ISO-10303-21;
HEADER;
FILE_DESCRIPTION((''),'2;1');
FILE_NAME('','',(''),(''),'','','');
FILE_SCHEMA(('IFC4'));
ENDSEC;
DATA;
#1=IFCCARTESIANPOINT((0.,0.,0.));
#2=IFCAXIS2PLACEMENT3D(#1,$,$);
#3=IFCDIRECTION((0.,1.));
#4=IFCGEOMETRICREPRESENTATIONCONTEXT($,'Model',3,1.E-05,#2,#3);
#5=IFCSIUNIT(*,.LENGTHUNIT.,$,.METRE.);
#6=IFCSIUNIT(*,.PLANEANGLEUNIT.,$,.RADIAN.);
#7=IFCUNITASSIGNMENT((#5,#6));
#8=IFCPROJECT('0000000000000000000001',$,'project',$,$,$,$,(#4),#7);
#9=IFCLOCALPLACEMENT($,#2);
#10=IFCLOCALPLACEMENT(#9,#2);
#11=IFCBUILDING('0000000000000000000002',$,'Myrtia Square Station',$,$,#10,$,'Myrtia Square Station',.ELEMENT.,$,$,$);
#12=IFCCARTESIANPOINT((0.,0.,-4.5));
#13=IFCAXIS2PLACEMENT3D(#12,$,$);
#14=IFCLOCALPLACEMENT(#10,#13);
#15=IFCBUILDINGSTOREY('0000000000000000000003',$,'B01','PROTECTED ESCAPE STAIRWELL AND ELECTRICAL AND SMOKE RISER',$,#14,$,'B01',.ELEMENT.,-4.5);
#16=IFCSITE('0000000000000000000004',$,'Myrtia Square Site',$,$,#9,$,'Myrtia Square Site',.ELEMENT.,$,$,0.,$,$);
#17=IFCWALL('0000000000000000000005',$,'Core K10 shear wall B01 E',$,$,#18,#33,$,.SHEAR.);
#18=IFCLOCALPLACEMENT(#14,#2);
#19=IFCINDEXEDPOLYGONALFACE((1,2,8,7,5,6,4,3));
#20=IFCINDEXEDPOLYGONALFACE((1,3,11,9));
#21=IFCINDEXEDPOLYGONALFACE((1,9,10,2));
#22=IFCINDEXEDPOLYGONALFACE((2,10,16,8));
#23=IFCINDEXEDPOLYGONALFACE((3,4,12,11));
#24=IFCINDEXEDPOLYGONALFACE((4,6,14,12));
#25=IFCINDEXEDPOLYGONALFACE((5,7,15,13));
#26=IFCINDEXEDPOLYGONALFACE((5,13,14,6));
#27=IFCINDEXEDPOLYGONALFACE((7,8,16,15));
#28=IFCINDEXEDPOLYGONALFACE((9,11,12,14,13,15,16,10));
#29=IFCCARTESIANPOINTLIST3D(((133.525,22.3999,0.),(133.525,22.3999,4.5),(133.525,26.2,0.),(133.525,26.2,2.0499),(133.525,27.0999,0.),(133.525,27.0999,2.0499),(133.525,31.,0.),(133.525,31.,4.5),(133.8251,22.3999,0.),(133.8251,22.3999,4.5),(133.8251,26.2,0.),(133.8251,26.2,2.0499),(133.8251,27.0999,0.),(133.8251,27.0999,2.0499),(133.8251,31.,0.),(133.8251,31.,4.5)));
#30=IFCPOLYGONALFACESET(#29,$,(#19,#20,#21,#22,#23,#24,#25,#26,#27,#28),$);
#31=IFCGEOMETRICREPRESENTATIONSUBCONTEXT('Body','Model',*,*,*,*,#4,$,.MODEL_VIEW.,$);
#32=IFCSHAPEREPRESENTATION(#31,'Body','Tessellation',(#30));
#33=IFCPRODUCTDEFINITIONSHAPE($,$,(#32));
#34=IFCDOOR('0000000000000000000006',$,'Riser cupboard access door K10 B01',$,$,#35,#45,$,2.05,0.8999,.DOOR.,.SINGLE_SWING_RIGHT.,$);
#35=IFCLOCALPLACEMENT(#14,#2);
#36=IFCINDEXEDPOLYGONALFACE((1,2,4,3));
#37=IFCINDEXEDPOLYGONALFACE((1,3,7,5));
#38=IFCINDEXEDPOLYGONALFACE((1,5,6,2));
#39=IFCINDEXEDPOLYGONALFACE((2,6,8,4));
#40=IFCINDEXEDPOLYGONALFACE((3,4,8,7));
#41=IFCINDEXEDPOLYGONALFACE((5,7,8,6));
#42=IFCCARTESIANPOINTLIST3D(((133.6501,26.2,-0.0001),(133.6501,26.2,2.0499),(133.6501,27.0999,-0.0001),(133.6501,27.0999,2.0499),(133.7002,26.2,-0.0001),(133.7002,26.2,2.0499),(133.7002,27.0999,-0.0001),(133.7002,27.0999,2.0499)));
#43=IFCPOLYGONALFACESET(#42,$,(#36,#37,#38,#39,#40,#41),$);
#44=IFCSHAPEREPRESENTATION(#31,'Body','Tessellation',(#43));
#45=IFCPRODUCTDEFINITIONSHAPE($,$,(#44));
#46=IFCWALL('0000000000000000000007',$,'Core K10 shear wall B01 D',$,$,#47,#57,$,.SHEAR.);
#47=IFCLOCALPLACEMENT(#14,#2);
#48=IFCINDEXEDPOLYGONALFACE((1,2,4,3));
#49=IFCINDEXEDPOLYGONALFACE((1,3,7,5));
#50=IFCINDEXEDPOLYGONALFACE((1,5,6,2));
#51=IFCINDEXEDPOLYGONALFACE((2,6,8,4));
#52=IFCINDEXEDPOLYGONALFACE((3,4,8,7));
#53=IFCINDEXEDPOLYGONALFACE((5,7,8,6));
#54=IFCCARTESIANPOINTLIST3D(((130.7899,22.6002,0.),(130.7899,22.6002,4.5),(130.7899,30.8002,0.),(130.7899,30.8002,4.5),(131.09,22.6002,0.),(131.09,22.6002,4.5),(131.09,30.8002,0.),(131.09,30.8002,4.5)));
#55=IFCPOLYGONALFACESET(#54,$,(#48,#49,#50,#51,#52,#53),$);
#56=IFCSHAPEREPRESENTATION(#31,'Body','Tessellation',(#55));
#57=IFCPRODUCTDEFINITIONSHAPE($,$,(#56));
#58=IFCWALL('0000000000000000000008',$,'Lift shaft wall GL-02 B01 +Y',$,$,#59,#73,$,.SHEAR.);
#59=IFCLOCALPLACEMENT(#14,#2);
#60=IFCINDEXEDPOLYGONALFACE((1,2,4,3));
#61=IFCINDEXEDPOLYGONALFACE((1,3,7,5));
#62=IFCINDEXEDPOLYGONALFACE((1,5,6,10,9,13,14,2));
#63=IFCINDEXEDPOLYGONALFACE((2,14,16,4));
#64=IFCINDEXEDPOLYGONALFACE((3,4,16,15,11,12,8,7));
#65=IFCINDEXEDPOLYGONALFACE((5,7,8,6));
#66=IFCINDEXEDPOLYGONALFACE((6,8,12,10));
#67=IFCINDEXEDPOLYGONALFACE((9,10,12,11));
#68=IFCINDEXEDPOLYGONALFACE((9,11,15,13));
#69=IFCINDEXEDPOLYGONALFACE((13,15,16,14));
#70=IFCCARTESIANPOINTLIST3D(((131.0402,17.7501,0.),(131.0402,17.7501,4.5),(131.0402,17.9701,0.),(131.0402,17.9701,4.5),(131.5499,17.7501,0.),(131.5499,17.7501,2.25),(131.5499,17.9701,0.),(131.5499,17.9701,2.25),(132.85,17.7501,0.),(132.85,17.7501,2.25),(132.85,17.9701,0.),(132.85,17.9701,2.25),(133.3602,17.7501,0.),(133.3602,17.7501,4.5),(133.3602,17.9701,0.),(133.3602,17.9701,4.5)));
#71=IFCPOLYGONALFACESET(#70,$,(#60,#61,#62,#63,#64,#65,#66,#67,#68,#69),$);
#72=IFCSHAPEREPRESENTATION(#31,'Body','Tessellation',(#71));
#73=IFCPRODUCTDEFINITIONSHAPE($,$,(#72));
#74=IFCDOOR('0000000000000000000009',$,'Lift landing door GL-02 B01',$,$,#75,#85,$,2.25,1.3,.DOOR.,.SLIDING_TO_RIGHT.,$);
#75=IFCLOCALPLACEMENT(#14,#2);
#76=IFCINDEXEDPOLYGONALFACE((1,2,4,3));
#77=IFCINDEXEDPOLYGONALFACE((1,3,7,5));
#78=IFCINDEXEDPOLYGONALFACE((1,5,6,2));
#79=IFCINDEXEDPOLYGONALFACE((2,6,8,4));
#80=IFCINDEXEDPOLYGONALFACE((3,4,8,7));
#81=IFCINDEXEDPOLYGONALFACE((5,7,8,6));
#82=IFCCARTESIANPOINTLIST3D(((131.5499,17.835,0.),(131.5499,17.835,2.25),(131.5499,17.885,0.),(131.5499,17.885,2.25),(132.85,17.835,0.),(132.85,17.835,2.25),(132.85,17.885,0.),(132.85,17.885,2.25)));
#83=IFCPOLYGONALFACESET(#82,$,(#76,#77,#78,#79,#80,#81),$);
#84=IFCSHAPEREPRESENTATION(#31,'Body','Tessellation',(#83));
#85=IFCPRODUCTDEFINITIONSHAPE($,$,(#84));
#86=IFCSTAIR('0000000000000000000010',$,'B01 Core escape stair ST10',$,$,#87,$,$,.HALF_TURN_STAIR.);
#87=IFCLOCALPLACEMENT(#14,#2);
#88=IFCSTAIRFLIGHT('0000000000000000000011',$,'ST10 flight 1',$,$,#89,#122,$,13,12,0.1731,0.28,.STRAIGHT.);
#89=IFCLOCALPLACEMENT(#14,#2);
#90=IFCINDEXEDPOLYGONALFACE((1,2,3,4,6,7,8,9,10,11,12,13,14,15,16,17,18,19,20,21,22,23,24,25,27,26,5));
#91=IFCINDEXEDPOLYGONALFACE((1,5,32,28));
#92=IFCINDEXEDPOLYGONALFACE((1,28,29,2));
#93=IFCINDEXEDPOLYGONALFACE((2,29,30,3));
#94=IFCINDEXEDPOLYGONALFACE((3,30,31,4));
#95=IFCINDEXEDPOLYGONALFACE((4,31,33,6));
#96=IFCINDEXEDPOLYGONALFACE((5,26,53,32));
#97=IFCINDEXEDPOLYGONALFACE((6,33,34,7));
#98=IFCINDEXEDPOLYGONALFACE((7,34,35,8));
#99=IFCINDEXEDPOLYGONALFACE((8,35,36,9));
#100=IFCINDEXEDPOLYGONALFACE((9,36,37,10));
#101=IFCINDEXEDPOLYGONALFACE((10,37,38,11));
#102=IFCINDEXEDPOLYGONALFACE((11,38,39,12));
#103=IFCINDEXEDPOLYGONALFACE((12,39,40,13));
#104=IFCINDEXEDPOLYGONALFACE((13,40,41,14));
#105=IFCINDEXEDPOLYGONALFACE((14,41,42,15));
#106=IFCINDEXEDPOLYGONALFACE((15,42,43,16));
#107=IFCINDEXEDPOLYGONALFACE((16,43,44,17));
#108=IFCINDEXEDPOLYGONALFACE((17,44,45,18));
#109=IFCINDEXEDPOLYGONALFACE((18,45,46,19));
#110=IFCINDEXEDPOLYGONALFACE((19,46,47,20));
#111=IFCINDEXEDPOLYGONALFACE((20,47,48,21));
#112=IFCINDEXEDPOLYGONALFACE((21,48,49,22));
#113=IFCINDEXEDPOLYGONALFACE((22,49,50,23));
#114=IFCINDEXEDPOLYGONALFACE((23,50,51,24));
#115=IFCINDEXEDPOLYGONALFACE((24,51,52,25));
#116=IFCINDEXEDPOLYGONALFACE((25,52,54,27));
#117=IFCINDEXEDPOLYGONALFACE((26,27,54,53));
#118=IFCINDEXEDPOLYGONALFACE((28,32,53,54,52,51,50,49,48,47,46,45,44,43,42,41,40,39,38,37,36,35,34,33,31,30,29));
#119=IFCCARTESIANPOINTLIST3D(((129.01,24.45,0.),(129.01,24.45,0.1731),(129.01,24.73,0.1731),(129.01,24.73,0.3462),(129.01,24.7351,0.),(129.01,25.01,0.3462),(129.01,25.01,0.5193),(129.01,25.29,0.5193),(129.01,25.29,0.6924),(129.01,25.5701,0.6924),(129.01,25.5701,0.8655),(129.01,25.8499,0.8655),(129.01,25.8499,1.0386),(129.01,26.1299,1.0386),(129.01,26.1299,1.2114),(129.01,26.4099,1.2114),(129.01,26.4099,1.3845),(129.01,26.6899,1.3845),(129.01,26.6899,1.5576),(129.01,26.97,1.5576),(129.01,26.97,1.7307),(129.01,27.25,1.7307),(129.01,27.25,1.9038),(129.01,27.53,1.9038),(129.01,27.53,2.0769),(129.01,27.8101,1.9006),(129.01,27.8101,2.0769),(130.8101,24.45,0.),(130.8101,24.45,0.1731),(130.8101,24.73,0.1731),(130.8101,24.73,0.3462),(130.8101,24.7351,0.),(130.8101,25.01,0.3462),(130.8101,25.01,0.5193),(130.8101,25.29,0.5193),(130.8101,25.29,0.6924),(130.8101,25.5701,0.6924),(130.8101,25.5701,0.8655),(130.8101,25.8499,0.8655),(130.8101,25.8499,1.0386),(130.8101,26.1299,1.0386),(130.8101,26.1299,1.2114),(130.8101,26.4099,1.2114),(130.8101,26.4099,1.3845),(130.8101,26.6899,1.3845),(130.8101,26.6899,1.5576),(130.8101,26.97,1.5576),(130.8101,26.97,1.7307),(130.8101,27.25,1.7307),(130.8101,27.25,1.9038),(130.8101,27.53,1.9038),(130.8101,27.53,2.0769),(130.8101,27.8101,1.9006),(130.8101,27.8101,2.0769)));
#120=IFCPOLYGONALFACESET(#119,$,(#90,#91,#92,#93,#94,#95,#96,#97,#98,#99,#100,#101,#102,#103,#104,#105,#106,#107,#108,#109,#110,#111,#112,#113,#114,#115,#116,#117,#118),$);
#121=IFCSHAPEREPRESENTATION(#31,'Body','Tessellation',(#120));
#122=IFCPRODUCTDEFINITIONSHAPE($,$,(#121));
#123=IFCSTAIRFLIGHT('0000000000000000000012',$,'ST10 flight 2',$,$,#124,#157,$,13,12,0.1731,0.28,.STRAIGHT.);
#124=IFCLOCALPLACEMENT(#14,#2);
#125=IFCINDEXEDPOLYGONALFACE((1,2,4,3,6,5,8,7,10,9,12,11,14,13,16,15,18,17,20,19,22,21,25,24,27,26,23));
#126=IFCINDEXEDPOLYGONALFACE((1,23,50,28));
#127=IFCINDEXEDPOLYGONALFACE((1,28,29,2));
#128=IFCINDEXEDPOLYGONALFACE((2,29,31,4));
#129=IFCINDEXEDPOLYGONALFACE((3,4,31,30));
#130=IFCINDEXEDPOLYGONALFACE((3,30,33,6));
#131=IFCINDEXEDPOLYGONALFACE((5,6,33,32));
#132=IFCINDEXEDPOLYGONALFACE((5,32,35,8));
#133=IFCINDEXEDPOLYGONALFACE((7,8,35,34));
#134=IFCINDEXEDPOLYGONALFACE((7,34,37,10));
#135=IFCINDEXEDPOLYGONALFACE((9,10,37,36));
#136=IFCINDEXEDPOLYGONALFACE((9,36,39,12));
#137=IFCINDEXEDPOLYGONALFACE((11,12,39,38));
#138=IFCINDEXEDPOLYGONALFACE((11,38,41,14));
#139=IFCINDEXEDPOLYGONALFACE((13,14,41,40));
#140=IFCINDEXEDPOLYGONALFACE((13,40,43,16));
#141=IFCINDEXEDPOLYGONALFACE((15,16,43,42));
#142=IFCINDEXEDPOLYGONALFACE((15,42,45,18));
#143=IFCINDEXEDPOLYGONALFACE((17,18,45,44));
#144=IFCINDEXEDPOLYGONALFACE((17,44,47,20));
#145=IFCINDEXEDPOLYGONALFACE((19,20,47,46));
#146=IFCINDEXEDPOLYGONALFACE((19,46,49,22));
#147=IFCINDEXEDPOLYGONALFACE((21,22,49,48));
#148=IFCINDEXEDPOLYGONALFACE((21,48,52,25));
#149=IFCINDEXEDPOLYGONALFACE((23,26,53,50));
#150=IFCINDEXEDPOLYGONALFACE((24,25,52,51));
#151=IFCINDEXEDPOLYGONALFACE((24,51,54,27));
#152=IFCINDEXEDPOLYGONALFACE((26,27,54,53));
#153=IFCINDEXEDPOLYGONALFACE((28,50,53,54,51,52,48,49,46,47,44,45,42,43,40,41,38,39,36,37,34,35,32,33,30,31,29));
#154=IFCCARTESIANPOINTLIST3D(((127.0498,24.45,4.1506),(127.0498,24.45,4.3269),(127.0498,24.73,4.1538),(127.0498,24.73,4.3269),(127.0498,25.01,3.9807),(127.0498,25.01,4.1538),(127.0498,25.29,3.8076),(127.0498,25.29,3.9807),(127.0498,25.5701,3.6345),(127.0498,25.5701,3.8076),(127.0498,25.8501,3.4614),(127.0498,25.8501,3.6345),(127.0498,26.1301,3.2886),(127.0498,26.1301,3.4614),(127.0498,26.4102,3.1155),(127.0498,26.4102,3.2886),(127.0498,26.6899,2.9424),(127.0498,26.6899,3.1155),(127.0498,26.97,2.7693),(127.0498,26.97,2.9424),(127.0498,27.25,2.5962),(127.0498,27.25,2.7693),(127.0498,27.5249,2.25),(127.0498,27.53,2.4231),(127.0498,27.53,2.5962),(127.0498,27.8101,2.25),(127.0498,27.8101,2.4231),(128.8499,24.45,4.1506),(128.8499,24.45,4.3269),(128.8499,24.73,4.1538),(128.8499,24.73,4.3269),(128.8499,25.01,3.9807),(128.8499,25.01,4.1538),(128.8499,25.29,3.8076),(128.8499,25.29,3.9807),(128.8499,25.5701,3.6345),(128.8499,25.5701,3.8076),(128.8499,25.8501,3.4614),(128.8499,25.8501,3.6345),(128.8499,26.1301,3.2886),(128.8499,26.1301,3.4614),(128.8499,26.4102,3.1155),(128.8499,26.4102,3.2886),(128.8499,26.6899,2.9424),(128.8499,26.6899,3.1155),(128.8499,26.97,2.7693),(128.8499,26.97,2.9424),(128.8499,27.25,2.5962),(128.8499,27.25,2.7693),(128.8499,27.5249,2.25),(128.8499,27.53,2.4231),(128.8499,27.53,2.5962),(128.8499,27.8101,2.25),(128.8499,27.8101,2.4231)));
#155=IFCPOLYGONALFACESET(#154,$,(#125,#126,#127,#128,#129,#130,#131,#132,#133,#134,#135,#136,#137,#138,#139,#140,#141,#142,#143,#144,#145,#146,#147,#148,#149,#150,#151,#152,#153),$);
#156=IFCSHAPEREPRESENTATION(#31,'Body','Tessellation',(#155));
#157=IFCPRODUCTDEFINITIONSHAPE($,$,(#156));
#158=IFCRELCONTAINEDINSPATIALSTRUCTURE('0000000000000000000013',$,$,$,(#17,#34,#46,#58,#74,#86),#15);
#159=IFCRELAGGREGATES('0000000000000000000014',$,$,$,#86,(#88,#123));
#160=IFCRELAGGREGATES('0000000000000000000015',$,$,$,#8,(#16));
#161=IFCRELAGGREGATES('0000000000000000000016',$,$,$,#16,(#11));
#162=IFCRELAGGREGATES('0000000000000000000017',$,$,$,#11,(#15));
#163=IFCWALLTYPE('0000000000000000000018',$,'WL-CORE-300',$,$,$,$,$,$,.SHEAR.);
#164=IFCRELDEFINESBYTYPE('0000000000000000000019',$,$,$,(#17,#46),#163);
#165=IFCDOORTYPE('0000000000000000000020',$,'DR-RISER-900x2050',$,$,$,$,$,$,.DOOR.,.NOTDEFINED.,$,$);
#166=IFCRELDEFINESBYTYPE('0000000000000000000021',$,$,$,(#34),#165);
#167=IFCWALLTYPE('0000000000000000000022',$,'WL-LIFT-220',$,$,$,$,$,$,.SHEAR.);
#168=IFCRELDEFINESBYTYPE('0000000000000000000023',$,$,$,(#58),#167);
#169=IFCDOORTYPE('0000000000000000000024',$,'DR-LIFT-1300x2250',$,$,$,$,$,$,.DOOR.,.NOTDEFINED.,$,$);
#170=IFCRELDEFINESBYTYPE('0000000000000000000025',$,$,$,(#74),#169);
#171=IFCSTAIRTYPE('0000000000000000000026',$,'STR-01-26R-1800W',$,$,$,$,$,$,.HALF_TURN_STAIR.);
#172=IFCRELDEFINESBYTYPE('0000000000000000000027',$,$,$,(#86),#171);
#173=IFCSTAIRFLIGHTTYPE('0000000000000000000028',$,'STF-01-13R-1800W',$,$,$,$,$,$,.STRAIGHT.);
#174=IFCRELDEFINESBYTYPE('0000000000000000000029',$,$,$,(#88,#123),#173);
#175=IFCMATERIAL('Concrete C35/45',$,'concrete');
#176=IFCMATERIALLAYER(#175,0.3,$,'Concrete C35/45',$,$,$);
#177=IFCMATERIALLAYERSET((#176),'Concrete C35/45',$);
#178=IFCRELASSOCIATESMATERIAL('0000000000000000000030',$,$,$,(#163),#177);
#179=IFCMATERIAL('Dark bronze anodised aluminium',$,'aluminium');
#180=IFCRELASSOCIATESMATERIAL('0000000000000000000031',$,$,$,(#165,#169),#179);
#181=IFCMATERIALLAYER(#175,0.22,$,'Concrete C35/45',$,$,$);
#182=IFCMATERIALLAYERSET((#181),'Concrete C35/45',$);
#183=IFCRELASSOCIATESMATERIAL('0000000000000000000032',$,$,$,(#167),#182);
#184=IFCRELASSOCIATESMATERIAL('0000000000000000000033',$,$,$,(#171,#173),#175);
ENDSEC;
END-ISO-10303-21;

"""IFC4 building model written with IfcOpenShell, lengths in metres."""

from ifc_helpers import new_model, si_unit, direction, frame, frame_2d, origin, place, context, subcontext, project, spatial, polyline, rectangle, outline, extrude, material, layer, layer_set, type_object, element, fill, aggregate, save


model = new_model("IFC4")

# Units and contexts
model_context = context("Model", 3, precision=1e-05, world=origin(), true_north=direction((0.0, 1.0)))
body_context = subcontext(model_context, "Body", "Model", "MODEL_VIEW")
ifc_project = project(units=[si_unit("LENGTHUNIT", "METRE"), si_unit("PLANEANGLEUNIT", "RADIAN")], contexts=[model_context])

# Site, building, storey
site_placement = place(None, origin())
site = spatial("IfcSite", under=ifc_project, at=site_placement, Name="Myrtia Square Site", LongName="Myrtia Square Site", CompositionType="ELEMENT", RefElevation=0.0)
building_placement = place(site_placement, origin())
building = spatial("IfcBuilding", under=site, at=building_placement, Name="Myrtia Square Station", LongName="Myrtia Square Station", CompositionType="ELEMENT")
storey_placement = place(building_placement, frame((0.0, 0.0, -4.5)))
storey = spatial("IfcBuildingStorey", under=building, at=storey_placement, Name="B01", Description="PROTECTED ESCAPE STAIRWELL AND ELECTRICAL AND SMOKE RISER", LongName="B01", CompositionType="ELEMENT", Elevation=-4.5)

# Shared definitions
ifc_material_1 = material(Name="Concrete C35/45", Category="concrete")
ifc_layer_1 = layer(ifc_material_1, 0.3, Name="Concrete C35/45")
ifc_layer_set_1 = layer_set([ifc_layer_1], Name="Concrete C35/45")
wall_type_1 = type_object("IfcWallType", Name="WL-CORE-300", PredefinedType="SHEAR", material=ifc_layer_set_1)
ifc_material_2 = material(Name="Dark bronze anodised aluminium", Category="aluminium")

# Wall, opening, door
wall_1_placement = place(storey_placement, frame((133.675, 22.3999, 0.0), z_axis=(0.0, 0.0, 1.0), x_axis=(0.0, 1.0, 0.0)))
wall_1 = element("IfcWall", 1, at=wall_1_placement, inside=storey, type_object=wall_type_1, Name="Core K10 shear wall B01 E", PredefinedType="SHEAR", context=body_context, shape_type="SweptSolid", body=[
    extrude(rectangle(XDim=8.6001, YDim=0.3, at=frame_2d((4.3, 0.0))), origin(), (0.0, 0.0, 1.0), 4.5),
])
opening_1_placement = place(wall_1_placement, frame((3.8, 0.0, 0.0)))
opening_1 = element("IfcOpeningElement", 2, at=opening_1_placement, cuts=wall_1, PredefinedType="OPENING", context=body_context, shape_type="SweptSolid", body=[
    extrude(rectangle(XDim=0.8999, YDim=2.05, at=frame_2d((0.45, 1.0249))), frame((0.0, 0.165, 0.0), z_axis=(0.0, -1.0, 0.0), x_axis=(1.0, 0.0, 0.0)), (0.0, 0.0, 1.0), 0.3301),
])
door_type_1 = type_object("IfcDoorType", Name="DR-RISER-900x2050", OperationType="NOTDEFINED", PredefinedType="DOOR", material=ifc_material_2)
door_1_placement = place(opening_1_placement, origin())
door_1 = element("IfcDoor", 3, at=door_1_placement, inside=storey, type_object=door_type_1, Name="Riser cupboard access door K10 B01", OperationType="SINGLE_SWING_RIGHT", OverallHeight=2.05, OverallWidth=0.8999, PredefinedType="DOOR", context=body_context, shape_type="SweptSolid", body=[
    extrude(rectangle(XDim=0.8999, YDim=2.05, at=frame_2d((0.45, 1.0249))), frame((0.0, 0.0249, 0.0), z_axis=(0.0, -1.0, 0.0), x_axis=(1.0, 0.0, 0.0)), (0.0, 0.0, 1.0), 0.05),
])
fill(opening_1, door_1)

# Wall
wall_2_placement = place(storey_placement, frame((130.9399, 22.6001, 0.0), z_axis=(0.0, 0.0, 1.0), x_axis=(0.0, 1.0, 0.0)))
element("IfcWall", 4, at=wall_2_placement, inside=storey, type_object=wall_type_1, Name="Core K10 shear wall B01 D", PredefinedType="SHEAR", context=body_context, shape_type="SweptSolid", body=[
    extrude(rectangle(XDim=8.2, YDim=0.3, at=frame_2d((4.1001, 0.0))), origin(), (0.0, 0.0, 1.0), 4.5),
])

# Wall, opening, door
ifc_layer_2 = layer(ifc_material_1, 0.22, Name="Concrete C35/45")
ifc_layer_set_2 = layer_set([ifc_layer_2], Name="Concrete C35/45")
wall_type_2 = type_object("IfcWallType", Name="WL-LIFT-220", PredefinedType="SHEAR", material=ifc_layer_set_2)
wall_3_placement = place(storey_placement, frame((131.04, 17.8601, 0.0), z_axis=(0.0, 0.0, 1.0), x_axis=(1.0, 0.0, 0.0)))
wall_3 = element("IfcWall", 5, at=wall_3_placement, inside=storey, type_object=wall_type_2, Name="Lift shaft wall GL-02 B01 +Y", PredefinedType="SHEAR", context=body_context, shape_type="SweptSolid", body=[
    extrude(rectangle(XDim=2.3201, YDim=0.22, at=frame_2d((1.1602, 0.0))), origin(), (0.0, 0.0, 1.0), 4.5),
])
opening_2_placement = place(wall_3_placement, frame((0.51, 0.0, 0.0)))
opening_2 = element("IfcOpeningElement", 6, at=opening_2_placement, cuts=wall_3, PredefinedType="OPENING", context=body_context, shape_type="SweptSolid", body=[
    extrude(rectangle(XDim=1.3, YDim=2.25, at=frame_2d((0.6499, 1.125))), frame((0.0, 0.125, 0.0), z_axis=(0.0, -1.0, 0.0), x_axis=(1.0, 0.0, 0.0)), (0.0, 0.0, 1.0), 0.25),
])
door_type_2 = type_object("IfcDoorType", Name="DR-LIFT-1300x2250", OperationType="NOTDEFINED", PredefinedType="DOOR", material=ifc_material_2)
door_2_placement = place(opening_2_placement, origin())
door_2 = element("IfcDoor", 7, at=door_2_placement, inside=storey, type_object=door_type_2, Name="Lift landing door GL-02 B01", OperationType="SLIDING_TO_RIGHT", OverallHeight=2.25, OverallWidth=1.3, PredefinedType="DOOR", context=body_context, shape_type="SweptSolid", body=[
    extrude(rectangle(XDim=1.3, YDim=2.25, at=frame_2d((0.6499, 1.125))), frame((0.0, 0.0249, 0.0), z_axis=(0.0, -1.0, 0.0), x_axis=(1.0, 0.0, 0.0)), (0.0, 0.0, 1.0), 0.05),
])
fill(opening_2, door_2)

# Stair, stair flights
stair_type = type_object("IfcStairType", Name="STR-01-26R-1800W", PredefinedType="HALF_TURN_STAIR", material=ifc_material_1)
stair_placement = place(storey_placement, origin())
stair = element("IfcStair", 8, at=stair_placement, inside=storey, type_object=stair_type, Name="B01 Core escape stair ST10", PredefinedType="HALF_TURN_STAIR")
stair_flight_type = type_object("IfcStairFlightType", Name="STF-01-13R-1800W", PredefinedType="STRAIGHT", material=ifc_material_1)
stair_flight_1_placement = place(storey_placement, frame((129.9099, 24.45, 0.0), z_axis=(0.0, 0.0, 1.0), x_axis=(0.0, 1.0, 0.0)))
stair_flight_1 = element("IfcStairFlight", 9, at=stair_flight_1_placement, type_object=stair_flight_type, Name="ST10 flight 1", NumberOfRisers=13, NumberOfTreads=12, PredefinedType="STRAIGHT", RiserHeight=0.1731, TreadLength=0.28, context=body_context, shape_type="SweptSolid", body=[
    extrude(outline(polyline([(0.0, 0.0), (0.0, 0.1731), (0.28, 0.1731), (0.28, 0.3462), (0.5601, 0.3462), (0.5601, 0.5193), (0.8401, 0.5193), (0.8401, 0.6924), (1.1201, 0.6924), (1.1201, 0.8655), (1.3999, 0.8655), (1.3999, 1.0386), (1.6799, 1.0386), (1.6799, 1.2114), (1.96, 1.2114), (1.96, 1.3845), (2.24, 1.3845), (2.24, 1.5576), (2.52, 1.5576), (2.52, 1.7307), (2.8, 1.7307), (2.8, 1.9038), (3.0801, 1.9038), (3.0801, 2.0769), (3.3601, 2.0769), (3.3601, 2.25), (3.3601, 1.9006), (0.2852, 0.0), (0.0, 0.0)])), frame((0.0, 0.8999, 0.0), z_axis=(0.0, -1.0, 0.0), x_axis=(1.0, 0.0, 0.0)), (0.0, 0.0, 1.0), 1.8),
])
stair_flight_2_placement = place(storey_placement, frame((127.95, 27.8101, 2.25), z_axis=(0.0, 0.0, 1.0), x_axis=(0.0, -1.0, 0.0)))
stair_flight_2 = element("IfcStairFlight", 10, at=stair_flight_2_placement, type_object=stair_flight_type, Name="ST10 flight 2", NumberOfRisers=13, NumberOfTreads=12, PredefinedType="STRAIGHT", RiserHeight=0.1731, TreadLength=0.28, context=body_context, shape_type="SweptSolid", body=[
    extrude(outline(polyline([(0.0, 0.0), (0.0, 0.1731), (0.28, 0.1731), (0.28, 0.3462), (0.5601, 0.3462), (0.5601, 0.5193), (0.8401, 0.5193), (0.8401, 0.6924), (1.1201, 0.6924), (1.1201, 0.8655), (1.3999, 0.8655), (1.3999, 1.0386), (1.6799, 1.0386), (1.6799, 1.2114), (1.96, 1.2114), (1.96, 1.3845), (2.24, 1.3845), (2.24, 1.5576), (2.52, 1.5576), (2.52, 1.7307), (2.8, 1.7307), (2.8, 1.9038), (3.0801, 1.9038), (3.0801, 2.0769), (3.3601, 2.0769), (3.3601, 2.25), (3.3601, 1.9006), (0.2852, 0.0), (0.0, 0.0)])), frame((0.0, 0.8999, 0.0), z_axis=(0.0, -1.0, 0.0), x_axis=(1.0, 0.0, 0.0)), (0.0, 0.0, 1.0), 1.8),
])
aggregate(stair, [stair_flight_1, stair_flight_2])

save(model, "model.ifc")
